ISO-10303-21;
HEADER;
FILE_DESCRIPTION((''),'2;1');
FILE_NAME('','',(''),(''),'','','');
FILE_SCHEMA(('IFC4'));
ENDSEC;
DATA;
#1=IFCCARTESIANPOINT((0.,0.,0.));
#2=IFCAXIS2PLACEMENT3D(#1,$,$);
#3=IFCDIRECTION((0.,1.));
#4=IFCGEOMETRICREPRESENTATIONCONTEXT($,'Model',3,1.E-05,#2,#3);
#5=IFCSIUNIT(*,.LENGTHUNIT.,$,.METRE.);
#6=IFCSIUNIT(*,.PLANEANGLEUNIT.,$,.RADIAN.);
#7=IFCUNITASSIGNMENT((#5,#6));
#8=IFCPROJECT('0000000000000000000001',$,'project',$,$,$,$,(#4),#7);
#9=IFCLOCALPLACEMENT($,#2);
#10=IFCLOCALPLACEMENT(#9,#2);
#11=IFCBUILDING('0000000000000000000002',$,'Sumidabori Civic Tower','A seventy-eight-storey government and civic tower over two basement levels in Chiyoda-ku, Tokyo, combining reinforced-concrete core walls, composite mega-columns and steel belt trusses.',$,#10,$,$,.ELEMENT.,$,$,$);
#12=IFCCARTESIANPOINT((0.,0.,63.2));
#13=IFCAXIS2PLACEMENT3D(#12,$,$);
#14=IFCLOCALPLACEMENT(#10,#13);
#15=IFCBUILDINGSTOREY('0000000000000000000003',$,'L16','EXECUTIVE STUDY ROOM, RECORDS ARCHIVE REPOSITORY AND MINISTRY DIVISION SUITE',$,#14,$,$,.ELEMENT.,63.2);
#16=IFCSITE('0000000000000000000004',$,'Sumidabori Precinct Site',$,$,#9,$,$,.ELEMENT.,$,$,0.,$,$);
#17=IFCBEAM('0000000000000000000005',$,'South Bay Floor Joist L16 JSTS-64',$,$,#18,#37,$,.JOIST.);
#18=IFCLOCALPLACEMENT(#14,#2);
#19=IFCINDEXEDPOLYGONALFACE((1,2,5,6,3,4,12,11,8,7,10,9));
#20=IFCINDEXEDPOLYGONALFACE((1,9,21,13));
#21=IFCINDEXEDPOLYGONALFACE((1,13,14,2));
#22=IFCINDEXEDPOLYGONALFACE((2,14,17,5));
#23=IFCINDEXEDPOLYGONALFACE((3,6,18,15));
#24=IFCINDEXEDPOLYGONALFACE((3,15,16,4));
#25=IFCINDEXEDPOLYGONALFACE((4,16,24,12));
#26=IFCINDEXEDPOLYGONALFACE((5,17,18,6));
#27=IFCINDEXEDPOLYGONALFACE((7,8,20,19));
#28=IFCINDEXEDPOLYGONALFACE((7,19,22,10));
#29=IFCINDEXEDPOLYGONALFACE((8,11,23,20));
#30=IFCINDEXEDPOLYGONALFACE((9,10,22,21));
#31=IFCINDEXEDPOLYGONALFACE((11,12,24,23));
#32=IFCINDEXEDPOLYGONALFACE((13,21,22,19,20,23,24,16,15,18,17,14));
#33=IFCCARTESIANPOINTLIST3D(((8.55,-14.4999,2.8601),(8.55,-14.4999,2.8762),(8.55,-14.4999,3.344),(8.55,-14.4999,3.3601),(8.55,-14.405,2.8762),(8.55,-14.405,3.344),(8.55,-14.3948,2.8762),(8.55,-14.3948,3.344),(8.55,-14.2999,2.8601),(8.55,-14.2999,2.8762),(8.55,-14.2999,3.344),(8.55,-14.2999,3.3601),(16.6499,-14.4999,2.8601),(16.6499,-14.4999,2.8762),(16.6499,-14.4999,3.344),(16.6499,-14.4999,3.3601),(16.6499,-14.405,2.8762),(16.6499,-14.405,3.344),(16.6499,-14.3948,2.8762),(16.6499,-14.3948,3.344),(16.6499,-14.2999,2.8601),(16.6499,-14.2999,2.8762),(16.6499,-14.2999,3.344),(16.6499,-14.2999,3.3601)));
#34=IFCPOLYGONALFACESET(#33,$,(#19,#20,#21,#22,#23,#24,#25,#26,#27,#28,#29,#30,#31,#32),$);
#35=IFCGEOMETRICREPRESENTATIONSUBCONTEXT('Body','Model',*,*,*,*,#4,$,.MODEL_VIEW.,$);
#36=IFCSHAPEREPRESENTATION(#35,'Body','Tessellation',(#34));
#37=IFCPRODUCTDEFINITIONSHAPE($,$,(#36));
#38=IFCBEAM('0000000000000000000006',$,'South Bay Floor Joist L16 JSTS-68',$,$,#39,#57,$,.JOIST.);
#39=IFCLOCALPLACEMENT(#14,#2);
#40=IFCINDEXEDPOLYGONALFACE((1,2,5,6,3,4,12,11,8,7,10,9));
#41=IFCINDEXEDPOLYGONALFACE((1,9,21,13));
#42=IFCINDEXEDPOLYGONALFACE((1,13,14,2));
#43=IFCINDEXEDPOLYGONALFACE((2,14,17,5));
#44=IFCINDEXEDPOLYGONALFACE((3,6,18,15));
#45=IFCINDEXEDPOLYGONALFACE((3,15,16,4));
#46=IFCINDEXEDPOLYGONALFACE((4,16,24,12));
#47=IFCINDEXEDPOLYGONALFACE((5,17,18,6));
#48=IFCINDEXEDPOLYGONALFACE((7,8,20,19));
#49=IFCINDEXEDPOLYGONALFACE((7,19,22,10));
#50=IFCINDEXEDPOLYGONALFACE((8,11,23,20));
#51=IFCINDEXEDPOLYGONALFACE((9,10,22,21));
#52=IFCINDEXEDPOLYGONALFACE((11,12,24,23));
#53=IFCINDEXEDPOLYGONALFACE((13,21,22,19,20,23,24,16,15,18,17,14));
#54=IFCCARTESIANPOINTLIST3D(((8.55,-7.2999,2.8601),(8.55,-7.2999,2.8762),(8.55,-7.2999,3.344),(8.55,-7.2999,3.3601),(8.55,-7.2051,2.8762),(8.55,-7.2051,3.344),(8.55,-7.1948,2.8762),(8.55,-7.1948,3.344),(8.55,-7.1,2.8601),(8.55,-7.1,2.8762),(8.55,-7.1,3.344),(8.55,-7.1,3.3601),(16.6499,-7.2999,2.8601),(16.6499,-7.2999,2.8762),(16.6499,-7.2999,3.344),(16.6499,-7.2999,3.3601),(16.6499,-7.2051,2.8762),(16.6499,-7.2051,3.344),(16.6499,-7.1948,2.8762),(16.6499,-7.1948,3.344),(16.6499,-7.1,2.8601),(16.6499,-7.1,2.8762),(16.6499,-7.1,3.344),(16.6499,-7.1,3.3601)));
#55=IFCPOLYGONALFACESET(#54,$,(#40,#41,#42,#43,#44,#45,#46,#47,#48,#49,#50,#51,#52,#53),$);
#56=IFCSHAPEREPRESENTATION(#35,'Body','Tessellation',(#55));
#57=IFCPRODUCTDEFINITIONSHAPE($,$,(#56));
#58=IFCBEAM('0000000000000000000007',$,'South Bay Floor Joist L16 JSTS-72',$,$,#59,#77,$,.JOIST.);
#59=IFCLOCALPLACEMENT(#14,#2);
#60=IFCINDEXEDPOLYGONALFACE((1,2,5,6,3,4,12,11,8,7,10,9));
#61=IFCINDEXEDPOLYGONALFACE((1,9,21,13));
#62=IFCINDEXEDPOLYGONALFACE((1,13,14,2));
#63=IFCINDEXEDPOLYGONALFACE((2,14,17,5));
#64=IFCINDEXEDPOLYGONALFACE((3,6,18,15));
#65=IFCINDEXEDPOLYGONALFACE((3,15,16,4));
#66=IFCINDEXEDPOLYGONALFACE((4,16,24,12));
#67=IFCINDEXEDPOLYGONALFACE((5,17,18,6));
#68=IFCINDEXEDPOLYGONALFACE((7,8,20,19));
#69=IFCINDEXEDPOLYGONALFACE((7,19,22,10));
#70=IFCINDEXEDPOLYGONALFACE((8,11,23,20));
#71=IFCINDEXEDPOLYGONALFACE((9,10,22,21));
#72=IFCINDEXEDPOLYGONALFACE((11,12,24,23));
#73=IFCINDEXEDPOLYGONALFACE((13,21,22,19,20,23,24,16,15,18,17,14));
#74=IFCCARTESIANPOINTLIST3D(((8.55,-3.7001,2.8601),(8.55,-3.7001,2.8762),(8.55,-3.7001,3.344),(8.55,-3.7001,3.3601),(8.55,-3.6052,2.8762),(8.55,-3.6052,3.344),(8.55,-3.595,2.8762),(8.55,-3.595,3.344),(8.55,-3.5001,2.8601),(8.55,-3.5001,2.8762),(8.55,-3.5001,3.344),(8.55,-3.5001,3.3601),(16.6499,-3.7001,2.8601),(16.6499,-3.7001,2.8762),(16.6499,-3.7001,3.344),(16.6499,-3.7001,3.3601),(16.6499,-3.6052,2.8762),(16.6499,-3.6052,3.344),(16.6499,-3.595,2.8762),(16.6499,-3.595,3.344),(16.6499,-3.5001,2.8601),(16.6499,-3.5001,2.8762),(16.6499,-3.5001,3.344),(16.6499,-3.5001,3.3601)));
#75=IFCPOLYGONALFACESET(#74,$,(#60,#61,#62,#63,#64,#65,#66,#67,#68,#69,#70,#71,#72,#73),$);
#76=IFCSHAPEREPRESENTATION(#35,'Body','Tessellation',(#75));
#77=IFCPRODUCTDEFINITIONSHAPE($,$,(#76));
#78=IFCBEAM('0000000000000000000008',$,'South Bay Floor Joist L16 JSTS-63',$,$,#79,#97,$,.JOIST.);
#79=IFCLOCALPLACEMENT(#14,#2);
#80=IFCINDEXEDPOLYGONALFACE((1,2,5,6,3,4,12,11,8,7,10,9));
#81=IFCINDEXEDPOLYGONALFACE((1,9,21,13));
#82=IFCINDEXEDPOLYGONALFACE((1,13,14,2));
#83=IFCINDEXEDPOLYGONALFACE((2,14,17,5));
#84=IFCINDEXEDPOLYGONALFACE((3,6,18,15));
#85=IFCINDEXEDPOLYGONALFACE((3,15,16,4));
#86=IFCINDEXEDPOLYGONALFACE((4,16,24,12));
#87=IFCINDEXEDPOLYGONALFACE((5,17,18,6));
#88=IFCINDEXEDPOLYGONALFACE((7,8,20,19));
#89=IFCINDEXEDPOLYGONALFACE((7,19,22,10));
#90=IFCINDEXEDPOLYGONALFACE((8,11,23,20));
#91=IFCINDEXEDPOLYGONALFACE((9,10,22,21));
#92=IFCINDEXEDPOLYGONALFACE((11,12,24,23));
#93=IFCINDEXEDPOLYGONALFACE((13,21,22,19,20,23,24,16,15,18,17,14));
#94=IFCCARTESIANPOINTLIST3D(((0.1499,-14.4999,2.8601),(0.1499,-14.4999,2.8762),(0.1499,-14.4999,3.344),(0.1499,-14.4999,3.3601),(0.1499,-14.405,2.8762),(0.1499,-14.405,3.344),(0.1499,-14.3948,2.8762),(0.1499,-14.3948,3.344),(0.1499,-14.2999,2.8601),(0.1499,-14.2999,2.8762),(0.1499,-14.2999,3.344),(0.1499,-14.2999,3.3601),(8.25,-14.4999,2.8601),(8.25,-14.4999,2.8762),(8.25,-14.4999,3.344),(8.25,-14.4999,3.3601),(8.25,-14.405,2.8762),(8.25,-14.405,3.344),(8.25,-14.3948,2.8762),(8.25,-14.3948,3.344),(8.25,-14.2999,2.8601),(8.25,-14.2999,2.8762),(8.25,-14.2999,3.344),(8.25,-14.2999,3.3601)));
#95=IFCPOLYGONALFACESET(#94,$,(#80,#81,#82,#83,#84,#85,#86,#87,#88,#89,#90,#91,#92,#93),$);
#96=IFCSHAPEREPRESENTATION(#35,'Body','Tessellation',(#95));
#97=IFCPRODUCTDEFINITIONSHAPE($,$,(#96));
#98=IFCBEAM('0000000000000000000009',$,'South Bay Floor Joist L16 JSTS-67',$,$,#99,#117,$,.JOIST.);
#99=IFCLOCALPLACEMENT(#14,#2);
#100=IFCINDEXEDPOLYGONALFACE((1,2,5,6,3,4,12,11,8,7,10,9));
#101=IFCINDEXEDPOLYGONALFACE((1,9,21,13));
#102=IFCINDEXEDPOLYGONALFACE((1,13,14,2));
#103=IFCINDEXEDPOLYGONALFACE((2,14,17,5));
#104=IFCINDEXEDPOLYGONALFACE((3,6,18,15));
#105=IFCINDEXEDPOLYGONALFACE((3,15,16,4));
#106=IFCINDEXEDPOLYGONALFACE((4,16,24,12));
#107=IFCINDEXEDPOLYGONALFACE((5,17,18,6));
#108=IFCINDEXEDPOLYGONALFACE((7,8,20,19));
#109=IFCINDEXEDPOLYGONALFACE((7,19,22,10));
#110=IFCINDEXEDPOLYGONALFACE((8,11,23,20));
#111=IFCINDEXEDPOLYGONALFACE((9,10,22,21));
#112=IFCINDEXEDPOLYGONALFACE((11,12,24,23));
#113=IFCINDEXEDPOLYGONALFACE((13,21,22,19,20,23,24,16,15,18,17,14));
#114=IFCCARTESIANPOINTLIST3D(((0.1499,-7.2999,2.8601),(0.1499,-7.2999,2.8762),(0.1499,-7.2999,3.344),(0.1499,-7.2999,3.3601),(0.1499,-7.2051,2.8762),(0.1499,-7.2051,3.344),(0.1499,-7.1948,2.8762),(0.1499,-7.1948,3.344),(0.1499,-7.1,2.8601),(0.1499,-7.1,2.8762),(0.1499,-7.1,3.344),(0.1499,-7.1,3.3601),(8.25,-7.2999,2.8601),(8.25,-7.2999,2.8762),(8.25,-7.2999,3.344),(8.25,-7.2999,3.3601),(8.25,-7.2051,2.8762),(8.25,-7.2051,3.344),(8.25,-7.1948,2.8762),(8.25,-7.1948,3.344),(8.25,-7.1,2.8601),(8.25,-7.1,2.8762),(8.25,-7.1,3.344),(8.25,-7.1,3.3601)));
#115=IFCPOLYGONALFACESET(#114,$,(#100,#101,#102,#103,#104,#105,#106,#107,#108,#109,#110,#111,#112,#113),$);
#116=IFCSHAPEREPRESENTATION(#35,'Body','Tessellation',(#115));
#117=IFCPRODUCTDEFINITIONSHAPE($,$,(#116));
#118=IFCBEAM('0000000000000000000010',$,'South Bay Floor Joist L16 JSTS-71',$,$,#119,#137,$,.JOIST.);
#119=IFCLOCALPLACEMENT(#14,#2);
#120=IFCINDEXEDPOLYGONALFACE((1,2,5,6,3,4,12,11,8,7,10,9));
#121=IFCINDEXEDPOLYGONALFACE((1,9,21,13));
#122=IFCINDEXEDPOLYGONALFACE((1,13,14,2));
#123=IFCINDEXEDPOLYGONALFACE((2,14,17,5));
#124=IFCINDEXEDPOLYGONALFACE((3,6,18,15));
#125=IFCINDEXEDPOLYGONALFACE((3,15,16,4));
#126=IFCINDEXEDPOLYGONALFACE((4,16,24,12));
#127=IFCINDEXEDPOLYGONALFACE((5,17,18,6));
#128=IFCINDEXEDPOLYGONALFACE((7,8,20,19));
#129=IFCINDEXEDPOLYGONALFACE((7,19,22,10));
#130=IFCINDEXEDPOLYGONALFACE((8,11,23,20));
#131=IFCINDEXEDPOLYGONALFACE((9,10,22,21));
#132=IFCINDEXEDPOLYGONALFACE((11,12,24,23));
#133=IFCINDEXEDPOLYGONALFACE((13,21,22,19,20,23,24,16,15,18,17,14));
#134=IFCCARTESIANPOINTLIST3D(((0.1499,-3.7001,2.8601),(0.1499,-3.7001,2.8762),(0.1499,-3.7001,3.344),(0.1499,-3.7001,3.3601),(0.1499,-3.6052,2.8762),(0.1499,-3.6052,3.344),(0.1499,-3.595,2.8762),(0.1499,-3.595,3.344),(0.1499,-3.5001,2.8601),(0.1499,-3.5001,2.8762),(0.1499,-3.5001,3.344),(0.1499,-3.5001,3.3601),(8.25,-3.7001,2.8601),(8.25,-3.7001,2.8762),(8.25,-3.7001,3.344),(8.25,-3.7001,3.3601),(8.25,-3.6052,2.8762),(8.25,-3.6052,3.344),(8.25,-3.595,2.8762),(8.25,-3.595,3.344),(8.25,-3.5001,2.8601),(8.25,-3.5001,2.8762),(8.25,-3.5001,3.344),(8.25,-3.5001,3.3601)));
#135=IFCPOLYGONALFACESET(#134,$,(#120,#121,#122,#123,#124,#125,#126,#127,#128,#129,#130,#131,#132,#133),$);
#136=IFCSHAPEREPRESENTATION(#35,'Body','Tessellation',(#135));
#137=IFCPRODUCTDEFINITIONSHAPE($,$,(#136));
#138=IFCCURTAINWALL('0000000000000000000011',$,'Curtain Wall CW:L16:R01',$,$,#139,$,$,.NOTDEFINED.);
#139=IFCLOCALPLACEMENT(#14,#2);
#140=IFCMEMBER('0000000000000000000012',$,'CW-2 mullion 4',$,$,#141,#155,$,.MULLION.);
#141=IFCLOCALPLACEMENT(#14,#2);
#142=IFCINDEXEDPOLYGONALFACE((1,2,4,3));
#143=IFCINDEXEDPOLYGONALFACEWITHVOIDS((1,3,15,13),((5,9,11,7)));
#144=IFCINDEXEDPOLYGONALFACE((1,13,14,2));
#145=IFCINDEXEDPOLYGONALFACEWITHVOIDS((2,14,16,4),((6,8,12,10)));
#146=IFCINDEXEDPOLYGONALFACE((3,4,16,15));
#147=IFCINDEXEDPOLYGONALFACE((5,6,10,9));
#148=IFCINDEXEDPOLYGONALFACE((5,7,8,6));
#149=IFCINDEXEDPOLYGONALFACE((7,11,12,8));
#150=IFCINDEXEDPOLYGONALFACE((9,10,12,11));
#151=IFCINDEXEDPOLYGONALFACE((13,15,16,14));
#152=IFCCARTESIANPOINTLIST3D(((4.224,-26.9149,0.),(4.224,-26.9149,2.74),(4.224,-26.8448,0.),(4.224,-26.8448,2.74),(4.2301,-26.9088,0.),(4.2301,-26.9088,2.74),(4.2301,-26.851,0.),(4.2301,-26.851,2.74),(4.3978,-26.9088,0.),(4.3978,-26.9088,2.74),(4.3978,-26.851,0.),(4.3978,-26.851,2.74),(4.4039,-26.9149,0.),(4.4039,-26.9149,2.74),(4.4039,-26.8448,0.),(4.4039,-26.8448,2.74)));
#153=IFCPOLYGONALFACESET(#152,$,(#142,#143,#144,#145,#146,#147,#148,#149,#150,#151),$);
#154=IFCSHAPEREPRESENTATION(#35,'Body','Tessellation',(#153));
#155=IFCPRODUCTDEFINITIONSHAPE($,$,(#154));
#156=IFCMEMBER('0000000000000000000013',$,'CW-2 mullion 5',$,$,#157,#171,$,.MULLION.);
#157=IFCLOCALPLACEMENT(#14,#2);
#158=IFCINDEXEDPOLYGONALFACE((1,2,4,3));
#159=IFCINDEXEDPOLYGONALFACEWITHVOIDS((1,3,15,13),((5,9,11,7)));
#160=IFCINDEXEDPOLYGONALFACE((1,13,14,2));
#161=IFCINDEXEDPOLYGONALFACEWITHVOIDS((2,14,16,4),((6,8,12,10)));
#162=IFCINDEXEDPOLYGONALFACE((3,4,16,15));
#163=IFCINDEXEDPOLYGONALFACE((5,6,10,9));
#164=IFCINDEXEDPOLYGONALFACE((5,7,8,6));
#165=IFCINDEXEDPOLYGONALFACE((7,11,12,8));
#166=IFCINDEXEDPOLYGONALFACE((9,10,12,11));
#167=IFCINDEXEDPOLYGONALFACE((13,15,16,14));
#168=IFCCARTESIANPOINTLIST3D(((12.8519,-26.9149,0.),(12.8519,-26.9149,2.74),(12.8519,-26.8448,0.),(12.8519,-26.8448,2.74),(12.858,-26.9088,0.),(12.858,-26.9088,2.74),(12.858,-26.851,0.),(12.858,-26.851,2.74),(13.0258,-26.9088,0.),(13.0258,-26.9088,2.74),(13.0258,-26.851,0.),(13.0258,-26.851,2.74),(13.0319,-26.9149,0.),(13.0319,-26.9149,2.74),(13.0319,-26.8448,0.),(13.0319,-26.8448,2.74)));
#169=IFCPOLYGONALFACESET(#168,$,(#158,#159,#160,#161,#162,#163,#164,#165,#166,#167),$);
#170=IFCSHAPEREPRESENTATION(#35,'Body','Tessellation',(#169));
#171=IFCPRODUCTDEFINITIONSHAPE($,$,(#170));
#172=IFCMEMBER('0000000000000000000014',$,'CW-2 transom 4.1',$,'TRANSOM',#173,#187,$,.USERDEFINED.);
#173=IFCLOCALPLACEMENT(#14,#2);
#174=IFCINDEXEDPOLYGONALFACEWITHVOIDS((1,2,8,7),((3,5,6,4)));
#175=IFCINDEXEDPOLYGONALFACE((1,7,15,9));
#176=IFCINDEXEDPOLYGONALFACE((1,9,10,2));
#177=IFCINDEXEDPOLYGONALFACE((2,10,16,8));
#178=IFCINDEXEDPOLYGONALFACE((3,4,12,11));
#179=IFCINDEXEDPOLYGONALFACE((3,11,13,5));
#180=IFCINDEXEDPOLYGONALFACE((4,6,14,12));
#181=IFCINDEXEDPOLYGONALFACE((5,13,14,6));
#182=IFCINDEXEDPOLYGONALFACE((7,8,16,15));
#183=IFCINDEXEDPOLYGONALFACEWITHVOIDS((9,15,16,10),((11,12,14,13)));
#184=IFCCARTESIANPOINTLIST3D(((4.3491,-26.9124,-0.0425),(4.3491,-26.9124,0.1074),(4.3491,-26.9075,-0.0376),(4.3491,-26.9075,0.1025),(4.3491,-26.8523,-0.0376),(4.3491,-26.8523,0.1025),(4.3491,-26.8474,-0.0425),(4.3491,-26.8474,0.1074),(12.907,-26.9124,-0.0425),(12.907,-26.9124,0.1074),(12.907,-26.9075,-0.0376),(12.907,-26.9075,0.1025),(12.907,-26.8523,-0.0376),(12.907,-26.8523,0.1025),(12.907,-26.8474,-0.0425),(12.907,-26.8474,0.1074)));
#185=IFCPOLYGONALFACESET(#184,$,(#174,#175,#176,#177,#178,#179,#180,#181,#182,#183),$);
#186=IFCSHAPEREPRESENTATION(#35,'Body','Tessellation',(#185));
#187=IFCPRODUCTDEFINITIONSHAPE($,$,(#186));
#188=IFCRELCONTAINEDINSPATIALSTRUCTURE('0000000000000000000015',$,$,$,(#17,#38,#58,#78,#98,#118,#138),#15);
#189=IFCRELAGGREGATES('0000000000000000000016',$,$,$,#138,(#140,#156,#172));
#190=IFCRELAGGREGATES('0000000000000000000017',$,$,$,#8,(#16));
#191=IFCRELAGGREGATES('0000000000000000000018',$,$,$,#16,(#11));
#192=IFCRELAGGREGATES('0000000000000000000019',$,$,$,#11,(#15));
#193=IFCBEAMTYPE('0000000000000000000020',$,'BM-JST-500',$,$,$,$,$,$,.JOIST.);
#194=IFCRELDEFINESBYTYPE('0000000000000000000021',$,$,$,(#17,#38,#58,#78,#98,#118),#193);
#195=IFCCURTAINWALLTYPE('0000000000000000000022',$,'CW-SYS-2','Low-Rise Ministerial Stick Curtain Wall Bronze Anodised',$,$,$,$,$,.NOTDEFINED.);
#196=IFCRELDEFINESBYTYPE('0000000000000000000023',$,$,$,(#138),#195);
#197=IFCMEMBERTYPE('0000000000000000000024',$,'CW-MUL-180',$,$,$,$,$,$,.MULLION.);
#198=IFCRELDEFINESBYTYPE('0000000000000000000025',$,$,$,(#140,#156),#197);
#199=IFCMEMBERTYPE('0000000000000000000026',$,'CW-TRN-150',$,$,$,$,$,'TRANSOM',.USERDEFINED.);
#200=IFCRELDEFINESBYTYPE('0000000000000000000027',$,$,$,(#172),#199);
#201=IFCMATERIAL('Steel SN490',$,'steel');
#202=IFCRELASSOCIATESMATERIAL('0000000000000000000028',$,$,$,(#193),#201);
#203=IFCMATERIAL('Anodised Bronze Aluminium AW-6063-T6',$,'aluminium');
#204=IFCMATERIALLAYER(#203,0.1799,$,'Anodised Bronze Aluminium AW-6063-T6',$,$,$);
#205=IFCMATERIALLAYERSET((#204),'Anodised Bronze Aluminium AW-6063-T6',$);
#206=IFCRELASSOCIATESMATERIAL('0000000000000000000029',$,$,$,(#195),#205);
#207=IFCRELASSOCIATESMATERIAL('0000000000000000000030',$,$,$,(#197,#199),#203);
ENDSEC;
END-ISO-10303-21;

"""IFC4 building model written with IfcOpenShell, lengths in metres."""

from ifc_helpers import new_model, si_unit, direction, frame, origin, origin_2d, place, context, subcontext, project, spatial, hollow_rectangle, i_section, extrude, source, transform, mapped, material, layer, layer_set, material_profile, profile_set, type_object, element, aggregate, save


model = new_model("IFC4")

# Units and contexts
model_context = context("Model", 3, precision=1e-05, world=origin(), true_north=direction((0.0, 1.0)))
body_context = subcontext(model_context, "Body", "Model", "MODEL_VIEW")
ifc_project = project(units=[si_unit("LENGTHUNIT", "METRE"), si_unit("PLANEANGLEUNIT", "RADIAN")], contexts=[model_context])

# Site, building, storey
site_placement = place(None, origin())
site = spatial("IfcSite", under=ifc_project, at=site_placement, Name="Sumidabori Precinct Site", CompositionType="ELEMENT", RefElevation=0.0)
building_placement = place(site_placement, origin())
building = spatial("IfcBuilding", under=site, at=building_placement, Name="Sumidabori Civic Tower", Description="A seventy-eight-storey government and civic tower over two basement levels in Chiyoda-ku, Tokyo, combining reinforced-concrete core walls, composite mega-columns and steel belt trusses.", CompositionType="ELEMENT")
storey_placement = place(building_placement, frame((0.0, 0.0, 63.2)))
storey = spatial("IfcBuildingStorey", under=building, at=storey_placement, Name="L16", Description="EXECUTIVE STUDY ROOM, RECORDS ARCHIVE REPOSITORY AND MINISTRY DIVISION SUITE", CompositionType="ELEMENT", Elevation=63.2)

# Beams
ifc_material_1 = material(Name="Steel SN490", Category="steel")
ifc_material_profile_1 = material_profile(ifc_material_1, i_section(OverallWidth=0.2, OverallDepth=0.5, WebThickness=0.0103, FlangeThickness=0.0161, at=origin_2d()), Name="IPE 500")
ifc_profile_set_1 = profile_set([ifc_material_profile_1], Name="Steel SN490")
beam_type_1 = type_object("IfcBeamType", Name="BM-JST-500", PredefinedType="JOIST", material=ifc_profile_set_1)
shared_shape_1 = source(origin(), body_context, "Body", "SweptSolid", [
    extrude(i_section(OverallWidth=0.2, OverallDepth=0.5, WebThickness=0.0103, FlangeThickness=0.0161, at=origin_2d()), origin(), (0.0, 0.0, 1.0), 8.0999),
])
for number, where, z_axis, x_axis, name in (
    (1, (8.55, -14.3999, 3.1101), (1.0, 0.0, 0.0), (0.0, 1.0, 0.0), "South Bay Floor Joist L16 JSTS-64"),
    (2, (8.55, -7.2, 3.1101), (1.0, 0.0, 0.0), (0.0, 1.0, 0.0), "South Bay Floor Joist L16 JSTS-68"),
    (3, (8.55, -3.6001, 3.1101), (1.0, 0.0, 0.0), (0.0, 1.0, 0.0), "South Bay Floor Joist L16 JSTS-72"),
):
    element("IfcBeam", number, at=place(storey_placement, frame(where, z_axis=z_axis, x_axis=x_axis)), inside=storey, type_object=beam_type_1, Name=name, PredefinedType="JOIST", context=body_context, shape_type="MappedRepresentation", body=[
        mapped(shared_shape_1, transform((0.0, 0.0, 0.0), x_axis=(1.0, 0.0, 0.0), y_axis=(0.0, 1.0, 0.0), z_axis=(0.0, 0.0, 1.0), scale=1.0)),
    ])
shared_shape_2 = source(origin(), body_context, "Body", "SweptSolid", [
    extrude(i_section(OverallWidth=0.2, OverallDepth=0.5, WebThickness=0.0103, FlangeThickness=0.0161, at=origin_2d()), origin(), (0.0, 0.0, 1.0), 8.1001),
])
for number, where, z_axis, x_axis, name in (
    (4, (0.1499, -14.3999, 3.1101), (1.0, 0.0, 0.0), (0.0, 1.0, 0.0), "South Bay Floor Joist L16 JSTS-63"),
    (5, (0.1499, -7.2, 3.1101), (1.0, 0.0, 0.0), (0.0, 1.0, 0.0), "South Bay Floor Joist L16 JSTS-67"),
    (6, (0.1499, -3.6001, 3.1101), (1.0, 0.0, 0.0), (0.0, 1.0, 0.0), "South Bay Floor Joist L16 JSTS-71"),
):
    element("IfcBeam", number, at=place(storey_placement, frame(where, z_axis=z_axis, x_axis=x_axis)), inside=storey, type_object=beam_type_1, Name=name, PredefinedType="JOIST", context=body_context, shape_type="MappedRepresentation", body=[
        mapped(shared_shape_2, transform((0.0, 0.0, 0.0), x_axis=(1.0, 0.0, 0.0), y_axis=(0.0, 1.0, 0.0), z_axis=(0.0, 0.0, 1.0), scale=1.0)),
    ])

# Curtain wall, members
ifc_material_2 = material(Name="Anodised Bronze Aluminium AW-6063-T6", Category="aluminium")
ifc_layer_1 = layer(ifc_material_2, 0.1799, Name="Anodised Bronze Aluminium AW-6063-T6")
ifc_layer_set_1 = layer_set([ifc_layer_1], Name="Anodised Bronze Aluminium AW-6063-T6")
curtain_wall_type = type_object("IfcCurtainWallType", Name="CW-SYS-2", Description="Low-Rise Ministerial Stick Curtain Wall Bronze Anodised", PredefinedType="NOTDEFINED", material=ifc_layer_set_1)
curtain_wall_placement = place(storey_placement, origin())
curtain_wall = element("IfcCurtainWall", 7, at=curtain_wall_placement, inside=storey, type_object=curtain_wall_type, Name="Curtain Wall CW:L16:R01", PredefinedType="NOTDEFINED")
ifc_material_profile_2 = material_profile(ifc_material_2, hollow_rectangle(XDim=0.0701, YDim=0.1799, WallThickness=0.0061, at=origin_2d()), Name="ALU MULLION 180x70")
ifc_profile_set_2 = profile_set([ifc_material_profile_2], Name="Anodised Bronze Aluminium AW-6063-T6")
member_type_1 = type_object("IfcMemberType", Name="CW-MUL-180", PredefinedType="MULLION", material=ifc_profile_set_2)
shared_shape_3 = source(origin(), body_context, "Body", "SweptSolid", [
    extrude(hollow_rectangle(XDim=0.0701, YDim=0.1799, WallThickness=0.0061, at=origin_2d()), origin(), (0.0, 0.0, 1.0), 2.74),
])
member_1_placement = place(storey_placement, frame((4.314, -26.8799, 0.0), z_axis=(0.0, 0.0, 1.0), x_axis=(0.0, 1.0, 0.0)))
member_1 = element("IfcMember", 8, at=member_1_placement, type_object=member_type_1, Name="CW-2 mullion 4", PredefinedType="MULLION", context=body_context, shape_type="MappedRepresentation", body=[
    mapped(shared_shape_3, transform((0.0, 0.0, 0.0), x_axis=(1.0, 0.0, 0.0), y_axis=(0.0, 1.0, 0.0), z_axis=(0.0, 0.0, 1.0), scale=1.0)),
])
member_2_placement = place(storey_placement, frame((12.9419, -26.8799, 0.0), z_axis=(0.0, 0.0, 1.0), x_axis=(0.0, 1.0, 0.0)))
member_2 = element("IfcMember", 9, at=member_2_placement, type_object=member_type_1, Name="CW-2 mullion 5", PredefinedType="MULLION", context=body_context, shape_type="MappedRepresentation", body=[
    mapped(shared_shape_3, transform((0.0, 0.0, 0.0), x_axis=(1.0, 0.0, 0.0), y_axis=(0.0, 1.0, 0.0), z_axis=(0.0, 0.0, 1.0), scale=1.0)),
])
ifc_material_profile_3 = material_profile(ifc_material_2, hollow_rectangle(XDim=0.0649, YDim=0.1499, WallThickness=0.0049, at=origin_2d()), Name="ALU TRANSOM 150x65")
ifc_profile_set_3 = profile_set([ifc_material_profile_3], Name="Anodised Bronze Aluminium AW-6063-T6")
member_type_2 = type_object("IfcMemberType", Name="CW-TRN-150", ElementType="TRANSOM", PredefinedType="USERDEFINED", material=ifc_profile_set_3)
shared_shape_4 = source(origin(), body_context, "Body", "SweptSolid", [
    extrude(hollow_rectangle(XDim=0.0649, YDim=0.1499, WallThickness=0.0049, at=origin_2d()), origin(), (0.0, 0.0, 1.0), 8.5579),
])
member_3_placement = place(storey_placement, frame((4.3491, -26.8799, 0.0325), z_axis=(1.0, 0.0, 0.0), x_axis=(0.0, 1.0, 0.0)))
member_3 = element("IfcMember", 10, at=member_3_placement, type_object=member_type_2, Name="CW-2 transom 4.1", ObjectType="TRANSOM", PredefinedType="USERDEFINED", context=body_context, shape_type="MappedRepresentation", body=[
    mapped(shared_shape_4, transform((0.0, 0.0, 0.0), x_axis=(1.0, 0.0, 0.0), y_axis=(0.0, 1.0, 0.0), z_axis=(0.0, 0.0, 1.0), scale=1.0)),
])
aggregate(curtain_wall, [member_1, member_2, member_3])

save(model, "model.ifc")
